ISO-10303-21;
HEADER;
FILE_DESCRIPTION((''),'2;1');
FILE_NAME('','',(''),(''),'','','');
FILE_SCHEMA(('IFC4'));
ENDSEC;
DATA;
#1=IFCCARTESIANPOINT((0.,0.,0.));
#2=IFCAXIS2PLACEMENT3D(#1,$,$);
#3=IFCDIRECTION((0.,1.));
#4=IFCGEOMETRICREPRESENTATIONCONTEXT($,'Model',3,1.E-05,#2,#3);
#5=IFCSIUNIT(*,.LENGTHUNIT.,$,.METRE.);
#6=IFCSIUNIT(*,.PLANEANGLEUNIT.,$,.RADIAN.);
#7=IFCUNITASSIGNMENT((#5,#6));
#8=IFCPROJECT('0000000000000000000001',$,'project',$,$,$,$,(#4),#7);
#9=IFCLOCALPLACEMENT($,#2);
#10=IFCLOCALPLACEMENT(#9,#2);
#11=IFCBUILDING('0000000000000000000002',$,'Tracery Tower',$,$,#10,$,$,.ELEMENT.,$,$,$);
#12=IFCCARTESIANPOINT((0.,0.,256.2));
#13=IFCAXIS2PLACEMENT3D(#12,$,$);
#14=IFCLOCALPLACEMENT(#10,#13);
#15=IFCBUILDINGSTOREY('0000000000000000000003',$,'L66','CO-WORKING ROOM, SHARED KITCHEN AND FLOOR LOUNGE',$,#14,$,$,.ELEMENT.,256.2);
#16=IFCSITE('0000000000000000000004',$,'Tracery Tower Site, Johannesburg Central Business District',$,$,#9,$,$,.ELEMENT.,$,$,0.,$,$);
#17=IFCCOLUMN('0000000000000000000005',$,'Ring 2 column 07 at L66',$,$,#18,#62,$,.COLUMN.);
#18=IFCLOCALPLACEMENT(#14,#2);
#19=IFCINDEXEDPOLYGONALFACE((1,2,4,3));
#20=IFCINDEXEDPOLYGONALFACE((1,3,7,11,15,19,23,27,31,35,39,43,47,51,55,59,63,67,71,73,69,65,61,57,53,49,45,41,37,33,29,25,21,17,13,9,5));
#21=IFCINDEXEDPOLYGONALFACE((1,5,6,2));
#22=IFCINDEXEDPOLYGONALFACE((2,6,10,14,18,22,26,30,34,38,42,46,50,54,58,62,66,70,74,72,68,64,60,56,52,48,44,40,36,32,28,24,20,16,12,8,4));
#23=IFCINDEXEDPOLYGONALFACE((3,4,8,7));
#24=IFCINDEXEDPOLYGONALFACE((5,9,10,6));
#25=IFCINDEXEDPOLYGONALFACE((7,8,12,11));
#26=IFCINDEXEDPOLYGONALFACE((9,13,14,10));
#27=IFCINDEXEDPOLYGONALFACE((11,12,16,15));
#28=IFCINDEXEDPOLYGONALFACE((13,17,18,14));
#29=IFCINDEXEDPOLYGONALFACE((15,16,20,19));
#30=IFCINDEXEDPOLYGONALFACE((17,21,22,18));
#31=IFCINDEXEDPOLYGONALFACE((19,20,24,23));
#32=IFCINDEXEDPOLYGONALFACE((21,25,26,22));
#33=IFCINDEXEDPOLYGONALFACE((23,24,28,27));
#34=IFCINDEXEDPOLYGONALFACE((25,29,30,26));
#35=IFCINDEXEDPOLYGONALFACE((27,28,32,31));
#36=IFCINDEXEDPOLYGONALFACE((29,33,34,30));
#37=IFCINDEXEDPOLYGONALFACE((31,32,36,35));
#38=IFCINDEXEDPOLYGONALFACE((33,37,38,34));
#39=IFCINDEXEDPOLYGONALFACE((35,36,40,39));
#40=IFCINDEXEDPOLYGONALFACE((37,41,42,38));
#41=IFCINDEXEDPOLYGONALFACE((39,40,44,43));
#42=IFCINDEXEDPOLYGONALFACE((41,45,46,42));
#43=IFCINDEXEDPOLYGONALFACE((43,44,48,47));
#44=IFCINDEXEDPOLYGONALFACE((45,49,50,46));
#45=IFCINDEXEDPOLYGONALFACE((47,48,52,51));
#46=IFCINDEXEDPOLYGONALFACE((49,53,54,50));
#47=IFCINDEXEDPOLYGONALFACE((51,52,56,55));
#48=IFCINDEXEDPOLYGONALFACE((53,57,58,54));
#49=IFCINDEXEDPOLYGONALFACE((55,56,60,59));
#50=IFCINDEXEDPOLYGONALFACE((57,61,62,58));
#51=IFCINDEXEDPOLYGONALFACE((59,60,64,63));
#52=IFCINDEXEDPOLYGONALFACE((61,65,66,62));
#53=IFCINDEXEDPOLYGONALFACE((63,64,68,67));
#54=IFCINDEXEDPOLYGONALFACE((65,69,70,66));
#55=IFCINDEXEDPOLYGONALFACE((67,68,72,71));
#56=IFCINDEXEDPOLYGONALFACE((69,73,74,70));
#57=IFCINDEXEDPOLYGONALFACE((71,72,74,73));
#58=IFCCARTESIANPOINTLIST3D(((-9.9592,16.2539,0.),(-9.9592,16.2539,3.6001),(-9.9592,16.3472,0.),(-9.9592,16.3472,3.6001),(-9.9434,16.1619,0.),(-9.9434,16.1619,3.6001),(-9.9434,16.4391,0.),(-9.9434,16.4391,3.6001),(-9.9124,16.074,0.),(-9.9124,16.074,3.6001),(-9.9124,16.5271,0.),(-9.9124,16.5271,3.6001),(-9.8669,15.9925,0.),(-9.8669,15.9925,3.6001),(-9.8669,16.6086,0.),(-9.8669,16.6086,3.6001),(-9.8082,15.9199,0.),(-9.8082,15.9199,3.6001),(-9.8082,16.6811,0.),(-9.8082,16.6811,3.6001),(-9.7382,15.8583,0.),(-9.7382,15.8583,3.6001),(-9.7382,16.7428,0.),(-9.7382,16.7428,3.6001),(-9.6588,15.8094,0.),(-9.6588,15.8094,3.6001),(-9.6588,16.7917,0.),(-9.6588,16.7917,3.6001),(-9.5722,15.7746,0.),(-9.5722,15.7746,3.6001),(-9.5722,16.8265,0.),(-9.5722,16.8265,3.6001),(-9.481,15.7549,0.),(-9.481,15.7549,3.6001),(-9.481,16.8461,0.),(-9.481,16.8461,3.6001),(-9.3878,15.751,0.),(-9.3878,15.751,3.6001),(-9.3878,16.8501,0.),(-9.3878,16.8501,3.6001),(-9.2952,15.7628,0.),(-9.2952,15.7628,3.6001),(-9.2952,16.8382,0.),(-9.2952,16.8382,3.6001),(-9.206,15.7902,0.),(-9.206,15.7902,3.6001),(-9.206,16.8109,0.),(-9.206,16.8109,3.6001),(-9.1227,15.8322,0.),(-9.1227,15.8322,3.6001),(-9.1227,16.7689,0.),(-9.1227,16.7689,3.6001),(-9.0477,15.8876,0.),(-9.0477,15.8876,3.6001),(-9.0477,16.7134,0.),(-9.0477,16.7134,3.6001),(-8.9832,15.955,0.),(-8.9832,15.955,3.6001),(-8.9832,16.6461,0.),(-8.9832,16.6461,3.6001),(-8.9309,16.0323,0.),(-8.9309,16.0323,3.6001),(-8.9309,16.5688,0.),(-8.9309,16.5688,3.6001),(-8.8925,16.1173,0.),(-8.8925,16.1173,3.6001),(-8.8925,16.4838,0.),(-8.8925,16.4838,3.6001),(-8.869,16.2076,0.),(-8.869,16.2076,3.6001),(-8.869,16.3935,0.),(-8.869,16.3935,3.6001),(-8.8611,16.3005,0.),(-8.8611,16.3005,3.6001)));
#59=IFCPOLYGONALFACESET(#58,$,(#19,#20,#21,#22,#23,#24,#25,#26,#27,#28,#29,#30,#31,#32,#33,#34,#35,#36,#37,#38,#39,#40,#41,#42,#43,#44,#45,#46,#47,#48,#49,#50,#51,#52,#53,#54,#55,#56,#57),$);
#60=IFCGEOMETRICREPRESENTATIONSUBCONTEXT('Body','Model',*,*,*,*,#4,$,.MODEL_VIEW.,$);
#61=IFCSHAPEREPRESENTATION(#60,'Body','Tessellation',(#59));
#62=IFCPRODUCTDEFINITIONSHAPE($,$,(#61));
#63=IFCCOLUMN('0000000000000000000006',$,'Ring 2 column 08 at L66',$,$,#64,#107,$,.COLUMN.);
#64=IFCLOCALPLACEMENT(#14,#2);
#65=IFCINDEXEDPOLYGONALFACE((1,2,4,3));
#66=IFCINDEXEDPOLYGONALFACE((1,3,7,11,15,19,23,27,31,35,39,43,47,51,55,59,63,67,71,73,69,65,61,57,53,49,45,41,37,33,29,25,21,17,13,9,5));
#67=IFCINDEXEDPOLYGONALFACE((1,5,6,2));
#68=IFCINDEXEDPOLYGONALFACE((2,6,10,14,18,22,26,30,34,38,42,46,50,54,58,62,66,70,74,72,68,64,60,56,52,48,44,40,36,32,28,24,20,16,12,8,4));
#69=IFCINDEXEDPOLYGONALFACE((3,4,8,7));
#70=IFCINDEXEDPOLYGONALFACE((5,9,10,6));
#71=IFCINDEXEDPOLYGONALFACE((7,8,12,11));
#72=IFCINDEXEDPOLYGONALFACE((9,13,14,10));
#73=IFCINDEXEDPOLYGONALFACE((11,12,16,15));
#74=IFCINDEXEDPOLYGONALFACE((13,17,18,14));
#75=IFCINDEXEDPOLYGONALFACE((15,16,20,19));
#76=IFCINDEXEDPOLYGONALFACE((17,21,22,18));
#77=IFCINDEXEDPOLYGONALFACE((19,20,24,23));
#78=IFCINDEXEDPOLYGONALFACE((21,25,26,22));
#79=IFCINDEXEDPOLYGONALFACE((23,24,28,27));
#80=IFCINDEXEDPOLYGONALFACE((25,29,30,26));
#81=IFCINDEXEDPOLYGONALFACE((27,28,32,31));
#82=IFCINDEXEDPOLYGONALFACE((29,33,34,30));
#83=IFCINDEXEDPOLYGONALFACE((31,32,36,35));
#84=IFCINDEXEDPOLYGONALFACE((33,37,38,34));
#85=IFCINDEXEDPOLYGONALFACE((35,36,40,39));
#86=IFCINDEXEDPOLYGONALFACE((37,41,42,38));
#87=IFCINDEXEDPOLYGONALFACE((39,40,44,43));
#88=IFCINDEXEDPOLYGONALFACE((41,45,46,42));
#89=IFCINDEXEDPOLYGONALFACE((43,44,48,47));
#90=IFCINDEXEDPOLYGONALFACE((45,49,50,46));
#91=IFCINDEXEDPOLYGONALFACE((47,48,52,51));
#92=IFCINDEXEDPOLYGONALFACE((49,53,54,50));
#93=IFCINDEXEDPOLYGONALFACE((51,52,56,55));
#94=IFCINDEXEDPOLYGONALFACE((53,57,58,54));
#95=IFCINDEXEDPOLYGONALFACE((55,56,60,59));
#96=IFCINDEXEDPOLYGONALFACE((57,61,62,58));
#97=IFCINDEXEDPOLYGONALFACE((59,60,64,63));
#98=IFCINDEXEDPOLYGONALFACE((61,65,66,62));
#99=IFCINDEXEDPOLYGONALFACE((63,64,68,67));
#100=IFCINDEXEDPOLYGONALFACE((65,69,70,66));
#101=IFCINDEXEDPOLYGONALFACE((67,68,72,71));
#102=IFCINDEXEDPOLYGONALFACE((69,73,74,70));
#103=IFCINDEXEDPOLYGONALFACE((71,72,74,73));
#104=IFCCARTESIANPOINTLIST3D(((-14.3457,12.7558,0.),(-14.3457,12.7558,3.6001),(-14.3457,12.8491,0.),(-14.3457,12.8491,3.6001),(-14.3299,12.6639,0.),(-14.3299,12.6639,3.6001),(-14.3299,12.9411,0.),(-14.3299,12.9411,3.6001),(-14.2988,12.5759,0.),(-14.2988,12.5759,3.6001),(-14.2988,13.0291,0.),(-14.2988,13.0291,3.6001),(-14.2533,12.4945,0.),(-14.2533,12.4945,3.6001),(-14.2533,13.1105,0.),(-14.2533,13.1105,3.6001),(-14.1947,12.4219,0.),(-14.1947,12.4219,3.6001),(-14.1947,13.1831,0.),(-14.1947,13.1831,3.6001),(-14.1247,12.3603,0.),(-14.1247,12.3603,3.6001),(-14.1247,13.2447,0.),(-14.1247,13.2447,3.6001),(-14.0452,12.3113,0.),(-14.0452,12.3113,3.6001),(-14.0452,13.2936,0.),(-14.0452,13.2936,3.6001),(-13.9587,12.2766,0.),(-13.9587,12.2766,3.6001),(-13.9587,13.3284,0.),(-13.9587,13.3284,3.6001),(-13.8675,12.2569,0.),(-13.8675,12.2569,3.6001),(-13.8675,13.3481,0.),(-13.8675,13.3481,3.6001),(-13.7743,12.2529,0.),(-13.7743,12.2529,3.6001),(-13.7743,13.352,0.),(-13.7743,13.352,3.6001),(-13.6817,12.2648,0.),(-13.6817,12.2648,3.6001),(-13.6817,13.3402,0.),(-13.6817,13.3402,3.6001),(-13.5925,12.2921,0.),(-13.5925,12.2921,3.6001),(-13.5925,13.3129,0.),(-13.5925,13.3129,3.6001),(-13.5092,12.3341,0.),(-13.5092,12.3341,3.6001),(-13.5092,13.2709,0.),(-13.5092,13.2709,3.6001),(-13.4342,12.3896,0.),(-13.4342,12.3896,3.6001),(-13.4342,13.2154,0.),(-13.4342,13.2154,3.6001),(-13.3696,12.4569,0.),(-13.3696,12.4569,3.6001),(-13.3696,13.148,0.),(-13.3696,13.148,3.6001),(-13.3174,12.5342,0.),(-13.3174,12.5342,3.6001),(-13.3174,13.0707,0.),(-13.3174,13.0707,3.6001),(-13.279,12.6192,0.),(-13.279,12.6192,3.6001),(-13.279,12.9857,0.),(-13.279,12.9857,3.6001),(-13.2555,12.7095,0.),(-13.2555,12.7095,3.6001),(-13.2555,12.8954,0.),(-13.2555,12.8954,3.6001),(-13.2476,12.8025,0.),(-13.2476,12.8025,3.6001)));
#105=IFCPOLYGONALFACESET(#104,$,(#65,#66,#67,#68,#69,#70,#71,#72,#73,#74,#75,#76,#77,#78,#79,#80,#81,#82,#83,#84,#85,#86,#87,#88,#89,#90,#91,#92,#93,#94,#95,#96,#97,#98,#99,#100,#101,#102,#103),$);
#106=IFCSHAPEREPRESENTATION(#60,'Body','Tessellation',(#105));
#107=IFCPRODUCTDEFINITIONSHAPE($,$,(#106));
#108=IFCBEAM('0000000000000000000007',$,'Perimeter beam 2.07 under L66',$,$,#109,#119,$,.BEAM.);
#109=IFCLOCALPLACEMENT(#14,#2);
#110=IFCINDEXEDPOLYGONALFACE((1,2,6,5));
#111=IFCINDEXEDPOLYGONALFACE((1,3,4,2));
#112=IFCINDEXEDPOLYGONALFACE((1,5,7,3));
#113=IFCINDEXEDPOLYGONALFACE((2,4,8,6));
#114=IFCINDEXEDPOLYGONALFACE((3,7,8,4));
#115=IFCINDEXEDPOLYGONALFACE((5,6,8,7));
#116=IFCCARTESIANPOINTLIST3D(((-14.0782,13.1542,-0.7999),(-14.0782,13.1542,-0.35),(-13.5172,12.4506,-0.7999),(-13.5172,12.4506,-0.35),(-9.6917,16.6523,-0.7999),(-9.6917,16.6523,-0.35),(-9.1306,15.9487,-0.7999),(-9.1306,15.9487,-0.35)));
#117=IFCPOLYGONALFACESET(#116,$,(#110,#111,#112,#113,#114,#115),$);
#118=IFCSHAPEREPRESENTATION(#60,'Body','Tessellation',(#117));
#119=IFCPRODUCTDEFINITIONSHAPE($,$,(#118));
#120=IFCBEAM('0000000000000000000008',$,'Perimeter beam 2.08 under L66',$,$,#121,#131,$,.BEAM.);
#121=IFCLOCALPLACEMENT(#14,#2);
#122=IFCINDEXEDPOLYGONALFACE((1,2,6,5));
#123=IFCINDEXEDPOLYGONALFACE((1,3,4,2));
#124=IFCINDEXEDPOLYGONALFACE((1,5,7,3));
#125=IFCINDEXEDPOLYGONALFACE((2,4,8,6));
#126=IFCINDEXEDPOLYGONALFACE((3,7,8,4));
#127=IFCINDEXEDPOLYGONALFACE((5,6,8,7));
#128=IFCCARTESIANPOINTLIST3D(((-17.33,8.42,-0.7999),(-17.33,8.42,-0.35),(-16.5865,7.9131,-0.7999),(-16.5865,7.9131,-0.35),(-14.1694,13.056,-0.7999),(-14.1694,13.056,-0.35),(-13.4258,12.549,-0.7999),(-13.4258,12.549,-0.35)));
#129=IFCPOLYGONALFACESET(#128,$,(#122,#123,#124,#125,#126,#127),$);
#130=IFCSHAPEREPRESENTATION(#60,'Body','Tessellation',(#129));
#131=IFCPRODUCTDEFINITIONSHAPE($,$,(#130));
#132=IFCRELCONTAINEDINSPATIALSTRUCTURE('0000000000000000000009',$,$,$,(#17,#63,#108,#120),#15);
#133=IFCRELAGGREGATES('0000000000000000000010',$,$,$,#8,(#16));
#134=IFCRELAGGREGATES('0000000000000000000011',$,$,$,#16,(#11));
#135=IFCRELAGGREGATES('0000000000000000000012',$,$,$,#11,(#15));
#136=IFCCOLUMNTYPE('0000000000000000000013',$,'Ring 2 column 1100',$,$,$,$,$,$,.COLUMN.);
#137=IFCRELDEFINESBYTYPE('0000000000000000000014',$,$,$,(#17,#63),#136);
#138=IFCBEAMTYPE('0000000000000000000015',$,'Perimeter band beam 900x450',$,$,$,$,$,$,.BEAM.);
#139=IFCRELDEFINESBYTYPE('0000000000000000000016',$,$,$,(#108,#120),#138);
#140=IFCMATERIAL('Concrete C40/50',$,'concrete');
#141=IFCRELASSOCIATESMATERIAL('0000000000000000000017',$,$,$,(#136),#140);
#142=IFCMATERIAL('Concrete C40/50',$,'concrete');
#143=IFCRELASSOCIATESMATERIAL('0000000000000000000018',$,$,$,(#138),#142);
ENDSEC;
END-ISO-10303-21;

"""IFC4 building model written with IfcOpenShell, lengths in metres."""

from ifc_helpers import new_model, si_unit, direction, frame, origin, origin_2d, place, context, subcontext, project, spatial, rectangle, circle, extrude, material, material_profile, profile_set, type_object, element, save


model = new_model("IFC4")

# Units and contexts
model_context = context("Model", 3, precision=1e-05, world=origin(), true_north=direction((0.0, 1.0)))
body_context = subcontext(model_context, "Body", "Model", "MODEL_VIEW")
ifc_project = project(units=[si_unit("LENGTHUNIT", "METRE"), si_unit("PLANEANGLEUNIT", "RADIAN")], contexts=[model_context])

# Site, building, storey
site_placement = place(None, origin())
site = spatial("IfcSite", under=ifc_project, at=site_placement, Name="Tracery Tower Site, Johannesburg Central Business District", CompositionType="ELEMENT", RefElevation=0.0)
building_placement = place(site_placement, origin())
building = spatial("IfcBuilding", under=site, at=building_placement, Name="Tracery Tower", CompositionType="ELEMENT")
storey_placement = place(building_placement, frame((0.0, 0.0, 256.2)))
storey = spatial("IfcBuildingStorey", under=building, at=storey_placement, Name="L66", Description="CO-WORKING ROOM, SHARED KITCHEN AND FLOOR LOUNGE", CompositionType="ELEMENT", Elevation=256.2)

# Columns
ifc_material_1 = material(Name="Concrete C40/50", Category="concrete")
ifc_material_profile_1 = material_profile(ifc_material_1, circle(Radius=0.55, at=origin_2d()), Name="RC D1100")
ifc_profile_set_1 = profile_set([ifc_material_profile_1], Name="Concrete C40/50")
column_type = type_object("IfcColumnType", Name="Ring 2 column 1100", PredefinedType="COLUMN", material=ifc_profile_set_1)
for number, where, z_axis, x_axis, name in (
    (1, (-9.4111, 16.3005, 0.0), (0.0, 0.0, 1.0), (1.0, 0.0, 0.0), "Ring 2 column 07 at L66"),
    (2, (-13.7976, 12.8025, 0.0), (0.0, 0.0, 1.0), (1.0, 0.0, 0.0), "Ring 2 column 08 at L66"),
):
    element("IfcColumn", number, at=place(storey_placement, frame(where, z_axis=z_axis, x_axis=x_axis)), inside=storey, type_object=column_type, Name=name, PredefinedType="COLUMN", context=body_context, shape_type="SweptSolid", body=[
        extrude(circle(Radius=0.55, at=origin_2d()), origin(), (0.0, 0.0, 1.0), 3.6001),
    ])

# Beams
ifc_material_2 = material(Name="Concrete C40/50", Category="concrete")
ifc_material_profile_2 = material_profile(ifc_material_2, rectangle(XDim=0.8999, YDim=0.45, at=origin_2d()), Name="RC 900x450")
ifc_profile_set_2 = profile_set([ifc_material_profile_2], Name="Concrete C40/50")
beam_type = type_object("IfcBeamType", Name="Perimeter band beam 900x450", PredefinedType="BEAM", material=ifc_profile_set_2)
beam_1_placement = place(storey_placement, frame((-9.4111, 16.3005, -0.575), z_axis=(-0.781836, -0.623484, 0.0), x_axis=(0.623484, -0.781836, 0.0)))
element("IfcBeam", 3, at=beam_1_placement, inside=storey, type_object=beam_type, Name="Perimeter beam 2.07 under L66", PredefinedType="BEAM", context=body_context, shape_type="SweptSolid", body=[
    extrude(rectangle(XDim=0.8999, YDim=0.45, at=origin_2d()), origin(), (0.0, 0.0, 1.0), 5.6106),
])
beam_2_placement = place(storey_placement, frame((-13.7976, 12.8025, -0.575), z_axis=(-0.563306, -0.826249, 0.0), x_axis=(0.826249, -0.563306, 0.0)))
element("IfcBeam", 4, at=beam_2_placement, inside=storey, type_object=beam_type, Name="Perimeter beam 2.08 under L66", PredefinedType="BEAM", context=body_context, shape_type="SweptSolid", body=[
    extrude(rectangle(XDim=0.8999, YDim=0.45, at=origin_2d()), origin(), (0.0, 0.0, 1.0), 5.6108),
])

save(model, "model.ifc")
